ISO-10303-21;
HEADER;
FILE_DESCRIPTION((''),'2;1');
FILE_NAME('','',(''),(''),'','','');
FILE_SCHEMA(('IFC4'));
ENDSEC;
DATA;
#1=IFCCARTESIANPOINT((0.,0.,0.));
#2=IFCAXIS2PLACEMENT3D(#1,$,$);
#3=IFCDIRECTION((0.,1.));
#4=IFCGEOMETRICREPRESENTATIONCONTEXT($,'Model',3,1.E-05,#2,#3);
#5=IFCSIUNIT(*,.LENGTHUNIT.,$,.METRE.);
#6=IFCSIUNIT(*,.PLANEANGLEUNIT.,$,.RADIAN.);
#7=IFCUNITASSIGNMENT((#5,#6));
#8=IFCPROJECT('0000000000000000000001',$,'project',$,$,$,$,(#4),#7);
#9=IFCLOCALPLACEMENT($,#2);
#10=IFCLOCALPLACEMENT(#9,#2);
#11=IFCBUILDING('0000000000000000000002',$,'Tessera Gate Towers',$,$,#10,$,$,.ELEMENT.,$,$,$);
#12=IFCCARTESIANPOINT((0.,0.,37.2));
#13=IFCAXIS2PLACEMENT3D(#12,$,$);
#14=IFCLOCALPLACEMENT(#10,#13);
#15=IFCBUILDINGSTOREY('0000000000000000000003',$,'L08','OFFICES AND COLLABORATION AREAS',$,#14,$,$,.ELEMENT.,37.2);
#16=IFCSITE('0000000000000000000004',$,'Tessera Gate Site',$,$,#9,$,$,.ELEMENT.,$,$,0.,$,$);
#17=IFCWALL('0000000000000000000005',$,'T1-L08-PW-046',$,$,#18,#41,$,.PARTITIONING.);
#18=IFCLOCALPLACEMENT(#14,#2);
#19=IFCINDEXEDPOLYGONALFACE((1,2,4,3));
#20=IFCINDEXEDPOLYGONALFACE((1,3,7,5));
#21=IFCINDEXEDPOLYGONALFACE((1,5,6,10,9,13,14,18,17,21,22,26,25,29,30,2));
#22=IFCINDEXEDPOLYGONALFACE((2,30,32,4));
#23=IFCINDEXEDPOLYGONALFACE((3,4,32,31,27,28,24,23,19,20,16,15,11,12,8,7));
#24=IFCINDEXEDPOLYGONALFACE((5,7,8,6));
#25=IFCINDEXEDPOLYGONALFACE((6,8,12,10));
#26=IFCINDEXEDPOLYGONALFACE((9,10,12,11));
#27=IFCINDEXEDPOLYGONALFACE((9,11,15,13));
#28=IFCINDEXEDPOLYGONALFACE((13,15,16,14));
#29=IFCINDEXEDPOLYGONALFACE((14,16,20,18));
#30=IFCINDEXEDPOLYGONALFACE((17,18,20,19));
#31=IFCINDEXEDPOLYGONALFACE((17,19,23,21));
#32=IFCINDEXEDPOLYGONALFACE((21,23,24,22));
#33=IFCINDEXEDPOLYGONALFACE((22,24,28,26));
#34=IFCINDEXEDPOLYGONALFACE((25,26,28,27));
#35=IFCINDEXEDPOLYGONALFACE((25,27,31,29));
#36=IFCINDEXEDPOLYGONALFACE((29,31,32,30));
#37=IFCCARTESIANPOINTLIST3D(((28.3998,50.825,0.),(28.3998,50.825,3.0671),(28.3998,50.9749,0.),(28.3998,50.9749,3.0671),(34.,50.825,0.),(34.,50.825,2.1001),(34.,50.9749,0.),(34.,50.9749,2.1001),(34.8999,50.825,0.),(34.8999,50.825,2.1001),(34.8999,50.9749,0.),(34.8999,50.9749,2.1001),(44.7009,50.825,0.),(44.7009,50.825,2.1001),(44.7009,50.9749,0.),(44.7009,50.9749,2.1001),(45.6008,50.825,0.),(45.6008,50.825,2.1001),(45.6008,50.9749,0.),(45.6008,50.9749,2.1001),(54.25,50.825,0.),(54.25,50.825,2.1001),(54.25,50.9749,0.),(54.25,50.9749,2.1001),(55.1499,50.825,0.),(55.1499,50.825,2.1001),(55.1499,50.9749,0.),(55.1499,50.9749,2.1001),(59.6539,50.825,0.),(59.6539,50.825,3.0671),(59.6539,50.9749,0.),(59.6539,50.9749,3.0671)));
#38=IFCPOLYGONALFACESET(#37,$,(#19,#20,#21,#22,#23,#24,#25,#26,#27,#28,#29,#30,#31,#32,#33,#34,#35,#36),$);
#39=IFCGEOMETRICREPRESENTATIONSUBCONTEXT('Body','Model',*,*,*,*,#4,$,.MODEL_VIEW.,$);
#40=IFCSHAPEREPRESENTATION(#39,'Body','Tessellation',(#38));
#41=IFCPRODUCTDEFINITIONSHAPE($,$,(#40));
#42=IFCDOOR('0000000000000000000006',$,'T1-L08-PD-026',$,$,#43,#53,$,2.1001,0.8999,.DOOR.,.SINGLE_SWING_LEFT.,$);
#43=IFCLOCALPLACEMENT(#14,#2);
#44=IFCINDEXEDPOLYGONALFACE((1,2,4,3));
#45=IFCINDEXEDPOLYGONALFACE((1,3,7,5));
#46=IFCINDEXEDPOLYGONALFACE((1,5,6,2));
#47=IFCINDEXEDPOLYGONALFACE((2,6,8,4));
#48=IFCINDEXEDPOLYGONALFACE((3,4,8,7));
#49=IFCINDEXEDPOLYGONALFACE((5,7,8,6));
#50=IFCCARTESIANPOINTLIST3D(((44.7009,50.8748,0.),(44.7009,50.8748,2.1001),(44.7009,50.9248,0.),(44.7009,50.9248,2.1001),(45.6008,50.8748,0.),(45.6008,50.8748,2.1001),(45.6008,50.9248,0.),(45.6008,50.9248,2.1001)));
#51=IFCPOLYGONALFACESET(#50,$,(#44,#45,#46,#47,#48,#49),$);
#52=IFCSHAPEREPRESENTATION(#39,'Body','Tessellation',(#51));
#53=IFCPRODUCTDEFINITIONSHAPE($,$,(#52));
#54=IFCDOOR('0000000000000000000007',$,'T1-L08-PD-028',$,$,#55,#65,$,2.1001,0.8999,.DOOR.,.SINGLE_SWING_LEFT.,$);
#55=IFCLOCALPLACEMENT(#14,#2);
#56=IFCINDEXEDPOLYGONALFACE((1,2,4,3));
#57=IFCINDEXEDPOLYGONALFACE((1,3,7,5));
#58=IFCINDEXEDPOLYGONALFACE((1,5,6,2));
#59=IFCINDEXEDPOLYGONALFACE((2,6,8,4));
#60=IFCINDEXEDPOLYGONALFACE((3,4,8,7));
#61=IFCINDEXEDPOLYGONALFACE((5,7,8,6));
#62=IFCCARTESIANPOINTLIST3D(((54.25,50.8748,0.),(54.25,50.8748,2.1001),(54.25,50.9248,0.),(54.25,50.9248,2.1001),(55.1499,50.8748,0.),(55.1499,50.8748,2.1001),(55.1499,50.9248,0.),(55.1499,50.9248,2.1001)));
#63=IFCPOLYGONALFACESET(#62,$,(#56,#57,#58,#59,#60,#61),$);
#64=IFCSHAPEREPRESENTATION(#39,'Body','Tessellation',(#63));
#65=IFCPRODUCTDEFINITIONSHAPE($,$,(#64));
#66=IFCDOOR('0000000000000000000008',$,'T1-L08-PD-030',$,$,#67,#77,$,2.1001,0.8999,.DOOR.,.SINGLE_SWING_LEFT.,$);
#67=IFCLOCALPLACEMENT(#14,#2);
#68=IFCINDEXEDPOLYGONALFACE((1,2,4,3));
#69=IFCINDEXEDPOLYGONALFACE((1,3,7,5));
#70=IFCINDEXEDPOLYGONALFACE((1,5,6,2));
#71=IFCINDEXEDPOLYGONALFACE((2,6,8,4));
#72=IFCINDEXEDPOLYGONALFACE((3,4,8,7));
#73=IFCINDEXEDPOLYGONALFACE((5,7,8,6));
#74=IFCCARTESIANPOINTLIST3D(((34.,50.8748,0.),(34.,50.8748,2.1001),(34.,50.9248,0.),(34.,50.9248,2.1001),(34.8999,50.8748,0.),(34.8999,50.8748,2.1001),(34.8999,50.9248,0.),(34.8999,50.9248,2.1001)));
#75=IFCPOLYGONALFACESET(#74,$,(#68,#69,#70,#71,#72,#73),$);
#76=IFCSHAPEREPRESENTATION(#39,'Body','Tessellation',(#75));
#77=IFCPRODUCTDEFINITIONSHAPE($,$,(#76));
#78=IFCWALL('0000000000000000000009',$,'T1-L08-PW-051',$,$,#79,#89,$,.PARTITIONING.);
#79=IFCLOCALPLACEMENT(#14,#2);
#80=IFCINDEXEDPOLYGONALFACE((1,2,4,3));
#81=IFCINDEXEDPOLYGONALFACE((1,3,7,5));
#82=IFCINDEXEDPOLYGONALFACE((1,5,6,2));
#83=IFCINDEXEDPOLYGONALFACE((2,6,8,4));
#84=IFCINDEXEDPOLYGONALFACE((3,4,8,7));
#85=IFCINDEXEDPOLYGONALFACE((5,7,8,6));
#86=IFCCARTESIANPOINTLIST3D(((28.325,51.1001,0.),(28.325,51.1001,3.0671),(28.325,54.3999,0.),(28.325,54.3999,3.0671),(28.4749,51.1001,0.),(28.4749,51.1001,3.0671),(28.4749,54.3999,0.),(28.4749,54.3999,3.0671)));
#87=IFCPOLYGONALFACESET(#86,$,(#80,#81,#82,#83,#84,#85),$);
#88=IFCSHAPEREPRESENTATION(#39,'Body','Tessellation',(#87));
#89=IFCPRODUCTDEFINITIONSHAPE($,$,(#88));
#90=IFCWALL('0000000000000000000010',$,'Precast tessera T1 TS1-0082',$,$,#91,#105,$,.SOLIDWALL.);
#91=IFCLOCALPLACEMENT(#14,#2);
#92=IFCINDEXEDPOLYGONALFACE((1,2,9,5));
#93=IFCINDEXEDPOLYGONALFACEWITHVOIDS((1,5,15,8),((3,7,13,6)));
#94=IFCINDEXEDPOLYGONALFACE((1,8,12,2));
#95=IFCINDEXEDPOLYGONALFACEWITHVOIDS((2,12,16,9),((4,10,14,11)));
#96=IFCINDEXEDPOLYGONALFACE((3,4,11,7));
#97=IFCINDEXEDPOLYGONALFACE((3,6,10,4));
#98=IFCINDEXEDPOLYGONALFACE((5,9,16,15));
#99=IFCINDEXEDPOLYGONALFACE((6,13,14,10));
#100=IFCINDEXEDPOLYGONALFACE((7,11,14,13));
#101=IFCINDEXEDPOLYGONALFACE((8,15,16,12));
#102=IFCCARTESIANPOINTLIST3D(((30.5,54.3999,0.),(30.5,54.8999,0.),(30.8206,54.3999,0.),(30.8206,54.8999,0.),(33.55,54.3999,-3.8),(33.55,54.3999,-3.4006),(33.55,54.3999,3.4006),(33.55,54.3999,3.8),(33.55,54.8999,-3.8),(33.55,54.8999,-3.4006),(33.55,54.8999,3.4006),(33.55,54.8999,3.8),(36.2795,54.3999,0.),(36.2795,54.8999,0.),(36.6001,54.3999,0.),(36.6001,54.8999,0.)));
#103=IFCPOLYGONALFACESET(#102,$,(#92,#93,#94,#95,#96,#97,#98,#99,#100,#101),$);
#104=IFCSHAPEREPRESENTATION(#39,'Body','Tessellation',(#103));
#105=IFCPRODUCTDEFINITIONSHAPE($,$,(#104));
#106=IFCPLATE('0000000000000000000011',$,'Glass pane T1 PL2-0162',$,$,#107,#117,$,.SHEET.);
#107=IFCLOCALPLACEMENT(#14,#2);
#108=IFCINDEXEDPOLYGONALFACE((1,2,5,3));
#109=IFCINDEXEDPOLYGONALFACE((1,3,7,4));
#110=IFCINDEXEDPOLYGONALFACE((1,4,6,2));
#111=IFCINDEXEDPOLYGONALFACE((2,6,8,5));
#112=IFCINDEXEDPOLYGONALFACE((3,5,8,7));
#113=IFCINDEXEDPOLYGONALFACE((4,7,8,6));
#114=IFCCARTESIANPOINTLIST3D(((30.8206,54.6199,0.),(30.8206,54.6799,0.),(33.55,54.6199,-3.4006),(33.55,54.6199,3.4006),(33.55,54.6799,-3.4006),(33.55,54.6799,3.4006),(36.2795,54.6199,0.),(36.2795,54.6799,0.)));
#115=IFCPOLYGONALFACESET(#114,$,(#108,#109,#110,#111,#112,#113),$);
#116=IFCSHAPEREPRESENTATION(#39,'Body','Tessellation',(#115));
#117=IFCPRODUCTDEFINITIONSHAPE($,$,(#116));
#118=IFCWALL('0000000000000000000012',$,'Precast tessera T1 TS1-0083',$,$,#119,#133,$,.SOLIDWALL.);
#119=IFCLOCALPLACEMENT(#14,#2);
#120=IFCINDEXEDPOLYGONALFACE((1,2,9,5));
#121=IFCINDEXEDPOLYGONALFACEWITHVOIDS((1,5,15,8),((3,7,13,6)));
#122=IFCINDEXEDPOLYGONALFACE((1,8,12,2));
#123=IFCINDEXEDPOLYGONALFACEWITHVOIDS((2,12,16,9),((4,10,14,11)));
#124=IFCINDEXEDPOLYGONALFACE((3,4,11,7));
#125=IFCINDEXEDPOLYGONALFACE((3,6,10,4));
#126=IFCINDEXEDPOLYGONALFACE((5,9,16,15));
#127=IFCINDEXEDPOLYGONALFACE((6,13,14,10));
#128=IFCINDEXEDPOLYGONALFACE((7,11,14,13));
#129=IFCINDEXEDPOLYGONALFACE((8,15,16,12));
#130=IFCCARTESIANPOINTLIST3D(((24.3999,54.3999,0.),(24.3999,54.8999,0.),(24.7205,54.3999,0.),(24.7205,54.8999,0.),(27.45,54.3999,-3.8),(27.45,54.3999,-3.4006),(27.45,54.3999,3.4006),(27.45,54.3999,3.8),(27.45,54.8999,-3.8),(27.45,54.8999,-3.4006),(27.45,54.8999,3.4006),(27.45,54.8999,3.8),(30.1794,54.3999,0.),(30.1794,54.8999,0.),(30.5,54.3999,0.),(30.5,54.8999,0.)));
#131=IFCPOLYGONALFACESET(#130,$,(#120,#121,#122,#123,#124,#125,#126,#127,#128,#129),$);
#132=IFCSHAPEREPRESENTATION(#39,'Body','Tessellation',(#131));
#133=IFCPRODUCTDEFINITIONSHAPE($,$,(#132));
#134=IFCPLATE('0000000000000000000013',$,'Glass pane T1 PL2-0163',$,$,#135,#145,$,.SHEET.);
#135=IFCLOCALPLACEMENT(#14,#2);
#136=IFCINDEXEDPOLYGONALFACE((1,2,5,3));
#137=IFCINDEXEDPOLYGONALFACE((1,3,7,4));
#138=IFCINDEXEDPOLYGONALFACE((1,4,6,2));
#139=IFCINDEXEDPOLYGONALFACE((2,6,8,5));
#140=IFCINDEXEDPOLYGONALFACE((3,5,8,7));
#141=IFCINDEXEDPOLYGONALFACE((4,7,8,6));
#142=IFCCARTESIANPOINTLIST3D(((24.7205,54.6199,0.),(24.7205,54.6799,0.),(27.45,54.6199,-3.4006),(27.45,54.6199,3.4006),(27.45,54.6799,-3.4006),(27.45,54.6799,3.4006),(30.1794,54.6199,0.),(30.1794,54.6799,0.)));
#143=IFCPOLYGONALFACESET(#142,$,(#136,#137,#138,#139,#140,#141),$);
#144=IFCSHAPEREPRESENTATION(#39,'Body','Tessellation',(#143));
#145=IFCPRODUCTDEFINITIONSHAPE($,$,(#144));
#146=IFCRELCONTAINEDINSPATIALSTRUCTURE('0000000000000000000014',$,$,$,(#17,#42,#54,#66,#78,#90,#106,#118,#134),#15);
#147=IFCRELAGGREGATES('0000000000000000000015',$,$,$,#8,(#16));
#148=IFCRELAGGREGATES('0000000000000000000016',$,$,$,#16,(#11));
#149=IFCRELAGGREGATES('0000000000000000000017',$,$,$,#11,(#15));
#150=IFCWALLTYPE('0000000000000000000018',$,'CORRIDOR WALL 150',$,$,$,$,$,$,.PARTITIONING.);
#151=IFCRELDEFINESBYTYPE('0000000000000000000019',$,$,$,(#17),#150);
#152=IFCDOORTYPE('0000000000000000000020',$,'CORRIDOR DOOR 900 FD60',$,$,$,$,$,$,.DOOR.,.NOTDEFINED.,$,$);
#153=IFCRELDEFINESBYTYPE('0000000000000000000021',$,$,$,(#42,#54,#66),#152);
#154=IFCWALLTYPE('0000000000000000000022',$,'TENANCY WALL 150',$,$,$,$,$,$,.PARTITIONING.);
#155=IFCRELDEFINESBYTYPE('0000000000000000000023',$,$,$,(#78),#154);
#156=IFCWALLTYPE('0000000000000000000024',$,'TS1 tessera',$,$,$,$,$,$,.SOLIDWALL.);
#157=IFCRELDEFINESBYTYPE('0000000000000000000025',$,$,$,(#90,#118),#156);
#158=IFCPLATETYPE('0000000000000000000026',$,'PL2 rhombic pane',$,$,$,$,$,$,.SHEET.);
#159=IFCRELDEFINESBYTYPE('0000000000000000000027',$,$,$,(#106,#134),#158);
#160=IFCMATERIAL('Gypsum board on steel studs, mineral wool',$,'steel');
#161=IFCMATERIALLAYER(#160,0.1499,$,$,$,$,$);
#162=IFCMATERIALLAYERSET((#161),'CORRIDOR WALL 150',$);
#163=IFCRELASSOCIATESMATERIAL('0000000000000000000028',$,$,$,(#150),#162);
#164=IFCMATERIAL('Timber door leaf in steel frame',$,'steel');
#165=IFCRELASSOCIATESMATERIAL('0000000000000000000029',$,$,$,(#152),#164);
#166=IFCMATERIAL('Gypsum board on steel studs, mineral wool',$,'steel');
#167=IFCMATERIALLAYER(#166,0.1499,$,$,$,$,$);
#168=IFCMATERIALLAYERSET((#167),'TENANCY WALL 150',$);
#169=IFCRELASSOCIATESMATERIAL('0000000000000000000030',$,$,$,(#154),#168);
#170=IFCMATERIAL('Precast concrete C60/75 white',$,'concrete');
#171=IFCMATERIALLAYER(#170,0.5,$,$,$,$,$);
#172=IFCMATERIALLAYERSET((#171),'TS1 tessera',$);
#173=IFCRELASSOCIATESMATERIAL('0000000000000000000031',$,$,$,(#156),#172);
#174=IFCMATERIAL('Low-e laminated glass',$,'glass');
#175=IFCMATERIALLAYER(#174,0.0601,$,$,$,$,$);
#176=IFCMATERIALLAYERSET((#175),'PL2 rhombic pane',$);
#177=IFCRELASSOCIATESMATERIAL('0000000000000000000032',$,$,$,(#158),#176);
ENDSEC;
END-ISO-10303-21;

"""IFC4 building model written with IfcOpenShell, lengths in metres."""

from ifc_helpers import new_model, si_unit, direction, frame, frame_2d, origin, place, context, subcontext, project, spatial, polyline, rectangle, outline, extrude, source, transform, mapped, material, layer, layer_set, type_object, element, fill, save


model = new_model("IFC4")

# Units and contexts
model_context = context("Model", 3, precision=1e-05, world=origin(), true_north=direction((0.0, 1.0)))
body_context = subcontext(model_context, "Body", "Model", "MODEL_VIEW")
ifc_project = project(units=[si_unit("LENGTHUNIT", "METRE"), si_unit("PLANEANGLEUNIT", "RADIAN")], contexts=[model_context])

# Site, building, storey
site_placement = place(None, origin())
site = spatial("IfcSite", under=ifc_project, at=site_placement, Name="Tessera Gate Site", CompositionType="ELEMENT", RefElevation=0.0)
building_placement = place(site_placement, origin())
building = spatial("IfcBuilding", under=site, at=building_placement, Name="Tessera Gate Towers", CompositionType="ELEMENT")
storey_placement = place(building_placement, frame((0.0, 0.0, 37.2)))
storey = spatial("IfcBuildingStorey", under=building, at=storey_placement, Name="L08", Description="OFFICES AND COLLABORATION AREAS", CompositionType="ELEMENT", Elevation=37.2)

# Shared definitions
ifc_material_1 = material(Name="Gypsum board on steel studs, mineral wool", Category="steel")
ifc_layer_1 = layer(ifc_material_1, 0.1499)
ifc_layer_set_1 = layer_set([ifc_layer_1], Name="CORRIDOR WALL 150")
wall_type_1 = type_object("IfcWallType", Name="CORRIDOR WALL 150", PredefinedType="PARTITIONING", material=ifc_layer_set_1)

# Wall, openings, doors
wall_1_placement = place(storey_placement, frame((28.3999, 50.8999, 0.0), z_axis=(0.0, 0.0, 1.0), x_axis=(1.0, 0.0, 0.0)))
wall_1 = element("IfcWall", 1, at=wall_1_placement, inside=storey, type_object=wall_type_1, Name="T1-L08-PW-046", PredefinedType="PARTITIONING", context=body_context, shape_type="SweptSolid", body=[
    extrude(rectangle(XDim=31.2542, YDim=0.1499, at=frame_2d((15.627, 0.0))), origin(), (0.0, 0.0, 1.0), 3.0671),
])
shared_shape_1 = source(origin(), body_context, "Body", "SweptSolid", [
    extrude(rectangle(XDim=0.8999, YDim=2.1001, at=frame_2d((0.45, 1.05))), frame((0.0, 0.085, 0.0), z_axis=(0.0, -1.0, 0.0), x_axis=(1.0, 0.0, 0.0)), (0.0, 0.0, 1.0), 0.1699),
])
opening_1_placement = place(wall_1_placement, frame((16.301, 0.0, 0.0)))
opening_1 = element("IfcOpeningElement", 2, at=opening_1_placement, cuts=wall_1, PredefinedType="OPENING", context=body_context, shape_type="MappedRepresentation", body=[
    mapped(shared_shape_1, transform((0.0, 0.0, 0.0), scale=1.0)),
])
opening_2_placement = place(wall_1_placement, frame((25.8501, 0.0, 0.0)))
opening_2 = element("IfcOpeningElement", 3, at=opening_2_placement, cuts=wall_1, PredefinedType="OPENING", context=body_context, shape_type="MappedRepresentation", body=[
    mapped(shared_shape_1, transform((0.0, 0.0, 0.0), scale=1.0)),
])
opening_3_placement = place(wall_1_placement, frame((5.6001, 0.0, 0.0)))
opening_3 = element("IfcOpeningElement", 4, at=opening_3_placement, cuts=wall_1, PredefinedType="OPENING", context=body_context, shape_type="MappedRepresentation", body=[
    mapped(shared_shape_1, transform((0.0, 0.0, 0.0), scale=1.0)),
])
ifc_material_2 = material(Name="Timber door leaf in steel frame", Category="steel")
door_type = type_object("IfcDoorType", Name="CORRIDOR DOOR 900 FD60", OperationType="NOTDEFINED", PredefinedType="DOOR", material=ifc_material_2)
shared_shape_2 = source(origin(), body_context, "Body", "SweptSolid", [
    extrude(rectangle(XDim=0.8999, YDim=2.1001, at=frame_2d((0.45, 1.05))), frame((0.0, 0.0249, 0.0), z_axis=(0.0, -1.0, 0.0), x_axis=(1.0, 0.0, 0.0)), (0.0, 0.0, 1.0), 0.05),
])
door_1_placement = place(opening_1_placement, origin())
door_1 = element("IfcDoor", 5, at=door_1_placement, inside=storey, type_object=door_type, Name="T1-L08-PD-026", OperationType="SINGLE_SWING_LEFT", OverallHeight=2.1001, OverallWidth=0.8999, PredefinedType="DOOR", context=body_context, shape_type="MappedRepresentation", body=[
    mapped(shared_shape_2, transform((0.0, 0.0, 0.0), scale=1.0)),
])
fill(opening_1, door_1)
door_2_placement = place(opening_2_placement, origin())
door_2 = element("IfcDoor", 6, at=door_2_placement, inside=storey, type_object=door_type, Name="T1-L08-PD-028", OperationType="SINGLE_SWING_LEFT", OverallHeight=2.1001, OverallWidth=0.8999, PredefinedType="DOOR", context=body_context, shape_type="MappedRepresentation", body=[
    mapped(shared_shape_2, transform((0.0, 0.0, 0.0), scale=1.0)),
])
fill(opening_2, door_2)
door_3_placement = place(opening_3_placement, origin())
door_3 = element("IfcDoor", 7, at=door_3_placement, inside=storey, type_object=door_type, Name="T1-L08-PD-030", OperationType="SINGLE_SWING_LEFT", OverallHeight=2.1001, OverallWidth=0.8999, PredefinedType="DOOR", context=body_context, shape_type="MappedRepresentation", body=[
    mapped(shared_shape_2, transform((0.0, 0.0, 0.0), scale=1.0)),
])
fill(opening_3, door_3)

# Wall
ifc_material_3 = material(Name="Gypsum board on steel studs, mineral wool", Category="steel")
ifc_layer_2 = layer(ifc_material_3, 0.1499)
ifc_layer_set_2 = layer_set([ifc_layer_2], Name="TENANCY WALL 150")
wall_type_2 = type_object("IfcWallType", Name="TENANCY WALL 150", PredefinedType="PARTITIONING", material=ifc_layer_set_2)
wall_2_placement = place(storey_placement, frame((28.3999, 51.1001, 0.0), z_axis=(0.0, 0.0, 1.0), x_axis=(0.0, 1.0, 0.0)))
element("IfcWall", 8, at=wall_2_placement, inside=storey, type_object=wall_type_2, Name="T1-L08-PW-051", PredefinedType="PARTITIONING", context=body_context, shape_type="SweptSolid", body=[
    extrude(rectangle(XDim=3.2998, YDim=0.1499, at=frame_2d((1.6499, 0.0))), origin(), (0.0, 0.0, 1.0), 3.0671),
])

# Walls, openings, plates
ifc_material_4 = material(Name="Precast concrete C60/75 white", Category="concrete")
ifc_layer_3 = layer(ifc_material_4, 0.5)
ifc_layer_set_3 = layer_set([ifc_layer_3], Name="TS1 tessera")
wall_type_3 = type_object("IfcWallType", Name="TS1 tessera", PredefinedType="SOLIDWALL", material=ifc_layer_set_3)
shared_shape_3 = source(origin(), body_context, "Body", "SweptSolid", [
    extrude(outline(polyline([(3.05, 0.0), (6.1001, 3.8), (3.05, 7.6001), (0.0, 3.8), (3.05, 0.0)])), frame((0.0, 0.25, 0.0), z_axis=(0.0, -1.0, 0.0), x_axis=(1.0, 0.0, 0.0)), (0.0, 0.0, 1.0), 0.5),
])
wall_3_placement = place(storey_placement, frame((36.6001, 54.6499, -3.8), z_axis=(0.0, 0.0, 1.0), x_axis=(-1.0, 0.0, 0.0)))
wall_3 = element("IfcWall", 9, at=wall_3_placement, inside=storey, type_object=wall_type_3, Name="Precast tessera T1 TS1-0082", PredefinedType="SOLIDWALL", context=body_context, shape_type="MappedRepresentation", body=[
    mapped(shared_shape_3, transform((0.0, 0.0, 0.0), scale=1.0)),
])
shared_shape_4 = source(origin(), body_context, "Body", "SweptSolid", [
    extrude(outline(polyline([(3.05, 0.3994), (5.7795, 3.8), (3.05, 7.2007), (0.3206, 3.8), (3.05, 0.3994)])), frame((0.0, 0.26, 0.0), z_axis=(0.0, -1.0, 0.0), x_axis=(1.0, 0.0, 0.0)), (0.0, 0.0, 1.0), 0.52),
])
opening_4_placement = place(wall_3_placement, origin())
opening_4 = element("IfcOpeningElement", 10, at=opening_4_placement, cuts=wall_3, PredefinedType="OPENING", context=body_context, shape_type="MappedRepresentation", body=[
    mapped(shared_shape_4, transform((0.0, 0.0, 0.0), scale=1.0)),
])
ifc_material_5 = material(Name="Low-e laminated glass", Category="glass")
ifc_layer_4 = layer(ifc_material_5, 0.0601)
ifc_layer_set_4 = layer_set([ifc_layer_4], Name="PL2 rhombic pane")
plate_type = type_object("IfcPlateType", Name="PL2 rhombic pane", PredefinedType="SHEET", material=ifc_layer_set_4)
shared_shape_5 = source(origin(), body_context, "Body", "SweptSolid", [
    extrude(outline(polyline([(3.05, 0.3994), (5.7795, 3.8), (3.05, 7.2007), (0.3206, 3.8), (3.05, 0.3994)])), frame((0.0, 0.03, 0.0), z_axis=(0.0, -1.0, 0.0), x_axis=(1.0, 0.0, 0.0)), (0.0, 0.0, 1.0), 0.0601),
])
plate_1_placement = place(opening_4_placement, origin())
plate_1 = element("IfcPlate", 11, at=plate_1_placement, inside=storey, type_object=plate_type, Name="Glass pane T1 PL2-0162", PredefinedType="SHEET", context=body_context, shape_type="MappedRepresentation", body=[
    mapped(shared_shape_5, transform((0.0, 0.0, 0.0), scale=1.0)),
])
fill(opening_4, plate_1)
wall_4_placement = place(storey_placement, frame((30.5, 54.6499, -3.8), z_axis=(0.0, 0.0, 1.0), x_axis=(-1.0, 0.0, 0.0)))
wall_4 = element("IfcWall", 12, at=wall_4_placement, inside=storey, type_object=wall_type_3, Name="Precast tessera T1 TS1-0083", PredefinedType="SOLIDWALL", context=body_context, shape_type="MappedRepresentation", body=[
    mapped(shared_shape_3, transform((0.0, 0.0, 0.0), scale=1.0)),
])
opening_5_placement = place(wall_4_placement, origin())
opening_5 = element("IfcOpeningElement", 13, at=opening_5_placement, cuts=wall_4, PredefinedType="OPENING", context=body_context, shape_type="MappedRepresentation", body=[
    mapped(shared_shape_4, transform((0.0, 0.0, 0.0), scale=1.0)),
])
plate_2_placement = place(opening_5_placement, origin())
plate_2 = element("IfcPlate", 14, at=plate_2_placement, inside=storey, type_object=plate_type, Name="Glass pane T1 PL2-0163", PredefinedType="SHEET", context=body_context, shape_type="MappedRepresentation", body=[
    mapped(shared_shape_5, transform((0.0, 0.0, 0.0), scale=1.0)),
])
fill(opening_5, plate_2)

save(model, "model.ifc")
